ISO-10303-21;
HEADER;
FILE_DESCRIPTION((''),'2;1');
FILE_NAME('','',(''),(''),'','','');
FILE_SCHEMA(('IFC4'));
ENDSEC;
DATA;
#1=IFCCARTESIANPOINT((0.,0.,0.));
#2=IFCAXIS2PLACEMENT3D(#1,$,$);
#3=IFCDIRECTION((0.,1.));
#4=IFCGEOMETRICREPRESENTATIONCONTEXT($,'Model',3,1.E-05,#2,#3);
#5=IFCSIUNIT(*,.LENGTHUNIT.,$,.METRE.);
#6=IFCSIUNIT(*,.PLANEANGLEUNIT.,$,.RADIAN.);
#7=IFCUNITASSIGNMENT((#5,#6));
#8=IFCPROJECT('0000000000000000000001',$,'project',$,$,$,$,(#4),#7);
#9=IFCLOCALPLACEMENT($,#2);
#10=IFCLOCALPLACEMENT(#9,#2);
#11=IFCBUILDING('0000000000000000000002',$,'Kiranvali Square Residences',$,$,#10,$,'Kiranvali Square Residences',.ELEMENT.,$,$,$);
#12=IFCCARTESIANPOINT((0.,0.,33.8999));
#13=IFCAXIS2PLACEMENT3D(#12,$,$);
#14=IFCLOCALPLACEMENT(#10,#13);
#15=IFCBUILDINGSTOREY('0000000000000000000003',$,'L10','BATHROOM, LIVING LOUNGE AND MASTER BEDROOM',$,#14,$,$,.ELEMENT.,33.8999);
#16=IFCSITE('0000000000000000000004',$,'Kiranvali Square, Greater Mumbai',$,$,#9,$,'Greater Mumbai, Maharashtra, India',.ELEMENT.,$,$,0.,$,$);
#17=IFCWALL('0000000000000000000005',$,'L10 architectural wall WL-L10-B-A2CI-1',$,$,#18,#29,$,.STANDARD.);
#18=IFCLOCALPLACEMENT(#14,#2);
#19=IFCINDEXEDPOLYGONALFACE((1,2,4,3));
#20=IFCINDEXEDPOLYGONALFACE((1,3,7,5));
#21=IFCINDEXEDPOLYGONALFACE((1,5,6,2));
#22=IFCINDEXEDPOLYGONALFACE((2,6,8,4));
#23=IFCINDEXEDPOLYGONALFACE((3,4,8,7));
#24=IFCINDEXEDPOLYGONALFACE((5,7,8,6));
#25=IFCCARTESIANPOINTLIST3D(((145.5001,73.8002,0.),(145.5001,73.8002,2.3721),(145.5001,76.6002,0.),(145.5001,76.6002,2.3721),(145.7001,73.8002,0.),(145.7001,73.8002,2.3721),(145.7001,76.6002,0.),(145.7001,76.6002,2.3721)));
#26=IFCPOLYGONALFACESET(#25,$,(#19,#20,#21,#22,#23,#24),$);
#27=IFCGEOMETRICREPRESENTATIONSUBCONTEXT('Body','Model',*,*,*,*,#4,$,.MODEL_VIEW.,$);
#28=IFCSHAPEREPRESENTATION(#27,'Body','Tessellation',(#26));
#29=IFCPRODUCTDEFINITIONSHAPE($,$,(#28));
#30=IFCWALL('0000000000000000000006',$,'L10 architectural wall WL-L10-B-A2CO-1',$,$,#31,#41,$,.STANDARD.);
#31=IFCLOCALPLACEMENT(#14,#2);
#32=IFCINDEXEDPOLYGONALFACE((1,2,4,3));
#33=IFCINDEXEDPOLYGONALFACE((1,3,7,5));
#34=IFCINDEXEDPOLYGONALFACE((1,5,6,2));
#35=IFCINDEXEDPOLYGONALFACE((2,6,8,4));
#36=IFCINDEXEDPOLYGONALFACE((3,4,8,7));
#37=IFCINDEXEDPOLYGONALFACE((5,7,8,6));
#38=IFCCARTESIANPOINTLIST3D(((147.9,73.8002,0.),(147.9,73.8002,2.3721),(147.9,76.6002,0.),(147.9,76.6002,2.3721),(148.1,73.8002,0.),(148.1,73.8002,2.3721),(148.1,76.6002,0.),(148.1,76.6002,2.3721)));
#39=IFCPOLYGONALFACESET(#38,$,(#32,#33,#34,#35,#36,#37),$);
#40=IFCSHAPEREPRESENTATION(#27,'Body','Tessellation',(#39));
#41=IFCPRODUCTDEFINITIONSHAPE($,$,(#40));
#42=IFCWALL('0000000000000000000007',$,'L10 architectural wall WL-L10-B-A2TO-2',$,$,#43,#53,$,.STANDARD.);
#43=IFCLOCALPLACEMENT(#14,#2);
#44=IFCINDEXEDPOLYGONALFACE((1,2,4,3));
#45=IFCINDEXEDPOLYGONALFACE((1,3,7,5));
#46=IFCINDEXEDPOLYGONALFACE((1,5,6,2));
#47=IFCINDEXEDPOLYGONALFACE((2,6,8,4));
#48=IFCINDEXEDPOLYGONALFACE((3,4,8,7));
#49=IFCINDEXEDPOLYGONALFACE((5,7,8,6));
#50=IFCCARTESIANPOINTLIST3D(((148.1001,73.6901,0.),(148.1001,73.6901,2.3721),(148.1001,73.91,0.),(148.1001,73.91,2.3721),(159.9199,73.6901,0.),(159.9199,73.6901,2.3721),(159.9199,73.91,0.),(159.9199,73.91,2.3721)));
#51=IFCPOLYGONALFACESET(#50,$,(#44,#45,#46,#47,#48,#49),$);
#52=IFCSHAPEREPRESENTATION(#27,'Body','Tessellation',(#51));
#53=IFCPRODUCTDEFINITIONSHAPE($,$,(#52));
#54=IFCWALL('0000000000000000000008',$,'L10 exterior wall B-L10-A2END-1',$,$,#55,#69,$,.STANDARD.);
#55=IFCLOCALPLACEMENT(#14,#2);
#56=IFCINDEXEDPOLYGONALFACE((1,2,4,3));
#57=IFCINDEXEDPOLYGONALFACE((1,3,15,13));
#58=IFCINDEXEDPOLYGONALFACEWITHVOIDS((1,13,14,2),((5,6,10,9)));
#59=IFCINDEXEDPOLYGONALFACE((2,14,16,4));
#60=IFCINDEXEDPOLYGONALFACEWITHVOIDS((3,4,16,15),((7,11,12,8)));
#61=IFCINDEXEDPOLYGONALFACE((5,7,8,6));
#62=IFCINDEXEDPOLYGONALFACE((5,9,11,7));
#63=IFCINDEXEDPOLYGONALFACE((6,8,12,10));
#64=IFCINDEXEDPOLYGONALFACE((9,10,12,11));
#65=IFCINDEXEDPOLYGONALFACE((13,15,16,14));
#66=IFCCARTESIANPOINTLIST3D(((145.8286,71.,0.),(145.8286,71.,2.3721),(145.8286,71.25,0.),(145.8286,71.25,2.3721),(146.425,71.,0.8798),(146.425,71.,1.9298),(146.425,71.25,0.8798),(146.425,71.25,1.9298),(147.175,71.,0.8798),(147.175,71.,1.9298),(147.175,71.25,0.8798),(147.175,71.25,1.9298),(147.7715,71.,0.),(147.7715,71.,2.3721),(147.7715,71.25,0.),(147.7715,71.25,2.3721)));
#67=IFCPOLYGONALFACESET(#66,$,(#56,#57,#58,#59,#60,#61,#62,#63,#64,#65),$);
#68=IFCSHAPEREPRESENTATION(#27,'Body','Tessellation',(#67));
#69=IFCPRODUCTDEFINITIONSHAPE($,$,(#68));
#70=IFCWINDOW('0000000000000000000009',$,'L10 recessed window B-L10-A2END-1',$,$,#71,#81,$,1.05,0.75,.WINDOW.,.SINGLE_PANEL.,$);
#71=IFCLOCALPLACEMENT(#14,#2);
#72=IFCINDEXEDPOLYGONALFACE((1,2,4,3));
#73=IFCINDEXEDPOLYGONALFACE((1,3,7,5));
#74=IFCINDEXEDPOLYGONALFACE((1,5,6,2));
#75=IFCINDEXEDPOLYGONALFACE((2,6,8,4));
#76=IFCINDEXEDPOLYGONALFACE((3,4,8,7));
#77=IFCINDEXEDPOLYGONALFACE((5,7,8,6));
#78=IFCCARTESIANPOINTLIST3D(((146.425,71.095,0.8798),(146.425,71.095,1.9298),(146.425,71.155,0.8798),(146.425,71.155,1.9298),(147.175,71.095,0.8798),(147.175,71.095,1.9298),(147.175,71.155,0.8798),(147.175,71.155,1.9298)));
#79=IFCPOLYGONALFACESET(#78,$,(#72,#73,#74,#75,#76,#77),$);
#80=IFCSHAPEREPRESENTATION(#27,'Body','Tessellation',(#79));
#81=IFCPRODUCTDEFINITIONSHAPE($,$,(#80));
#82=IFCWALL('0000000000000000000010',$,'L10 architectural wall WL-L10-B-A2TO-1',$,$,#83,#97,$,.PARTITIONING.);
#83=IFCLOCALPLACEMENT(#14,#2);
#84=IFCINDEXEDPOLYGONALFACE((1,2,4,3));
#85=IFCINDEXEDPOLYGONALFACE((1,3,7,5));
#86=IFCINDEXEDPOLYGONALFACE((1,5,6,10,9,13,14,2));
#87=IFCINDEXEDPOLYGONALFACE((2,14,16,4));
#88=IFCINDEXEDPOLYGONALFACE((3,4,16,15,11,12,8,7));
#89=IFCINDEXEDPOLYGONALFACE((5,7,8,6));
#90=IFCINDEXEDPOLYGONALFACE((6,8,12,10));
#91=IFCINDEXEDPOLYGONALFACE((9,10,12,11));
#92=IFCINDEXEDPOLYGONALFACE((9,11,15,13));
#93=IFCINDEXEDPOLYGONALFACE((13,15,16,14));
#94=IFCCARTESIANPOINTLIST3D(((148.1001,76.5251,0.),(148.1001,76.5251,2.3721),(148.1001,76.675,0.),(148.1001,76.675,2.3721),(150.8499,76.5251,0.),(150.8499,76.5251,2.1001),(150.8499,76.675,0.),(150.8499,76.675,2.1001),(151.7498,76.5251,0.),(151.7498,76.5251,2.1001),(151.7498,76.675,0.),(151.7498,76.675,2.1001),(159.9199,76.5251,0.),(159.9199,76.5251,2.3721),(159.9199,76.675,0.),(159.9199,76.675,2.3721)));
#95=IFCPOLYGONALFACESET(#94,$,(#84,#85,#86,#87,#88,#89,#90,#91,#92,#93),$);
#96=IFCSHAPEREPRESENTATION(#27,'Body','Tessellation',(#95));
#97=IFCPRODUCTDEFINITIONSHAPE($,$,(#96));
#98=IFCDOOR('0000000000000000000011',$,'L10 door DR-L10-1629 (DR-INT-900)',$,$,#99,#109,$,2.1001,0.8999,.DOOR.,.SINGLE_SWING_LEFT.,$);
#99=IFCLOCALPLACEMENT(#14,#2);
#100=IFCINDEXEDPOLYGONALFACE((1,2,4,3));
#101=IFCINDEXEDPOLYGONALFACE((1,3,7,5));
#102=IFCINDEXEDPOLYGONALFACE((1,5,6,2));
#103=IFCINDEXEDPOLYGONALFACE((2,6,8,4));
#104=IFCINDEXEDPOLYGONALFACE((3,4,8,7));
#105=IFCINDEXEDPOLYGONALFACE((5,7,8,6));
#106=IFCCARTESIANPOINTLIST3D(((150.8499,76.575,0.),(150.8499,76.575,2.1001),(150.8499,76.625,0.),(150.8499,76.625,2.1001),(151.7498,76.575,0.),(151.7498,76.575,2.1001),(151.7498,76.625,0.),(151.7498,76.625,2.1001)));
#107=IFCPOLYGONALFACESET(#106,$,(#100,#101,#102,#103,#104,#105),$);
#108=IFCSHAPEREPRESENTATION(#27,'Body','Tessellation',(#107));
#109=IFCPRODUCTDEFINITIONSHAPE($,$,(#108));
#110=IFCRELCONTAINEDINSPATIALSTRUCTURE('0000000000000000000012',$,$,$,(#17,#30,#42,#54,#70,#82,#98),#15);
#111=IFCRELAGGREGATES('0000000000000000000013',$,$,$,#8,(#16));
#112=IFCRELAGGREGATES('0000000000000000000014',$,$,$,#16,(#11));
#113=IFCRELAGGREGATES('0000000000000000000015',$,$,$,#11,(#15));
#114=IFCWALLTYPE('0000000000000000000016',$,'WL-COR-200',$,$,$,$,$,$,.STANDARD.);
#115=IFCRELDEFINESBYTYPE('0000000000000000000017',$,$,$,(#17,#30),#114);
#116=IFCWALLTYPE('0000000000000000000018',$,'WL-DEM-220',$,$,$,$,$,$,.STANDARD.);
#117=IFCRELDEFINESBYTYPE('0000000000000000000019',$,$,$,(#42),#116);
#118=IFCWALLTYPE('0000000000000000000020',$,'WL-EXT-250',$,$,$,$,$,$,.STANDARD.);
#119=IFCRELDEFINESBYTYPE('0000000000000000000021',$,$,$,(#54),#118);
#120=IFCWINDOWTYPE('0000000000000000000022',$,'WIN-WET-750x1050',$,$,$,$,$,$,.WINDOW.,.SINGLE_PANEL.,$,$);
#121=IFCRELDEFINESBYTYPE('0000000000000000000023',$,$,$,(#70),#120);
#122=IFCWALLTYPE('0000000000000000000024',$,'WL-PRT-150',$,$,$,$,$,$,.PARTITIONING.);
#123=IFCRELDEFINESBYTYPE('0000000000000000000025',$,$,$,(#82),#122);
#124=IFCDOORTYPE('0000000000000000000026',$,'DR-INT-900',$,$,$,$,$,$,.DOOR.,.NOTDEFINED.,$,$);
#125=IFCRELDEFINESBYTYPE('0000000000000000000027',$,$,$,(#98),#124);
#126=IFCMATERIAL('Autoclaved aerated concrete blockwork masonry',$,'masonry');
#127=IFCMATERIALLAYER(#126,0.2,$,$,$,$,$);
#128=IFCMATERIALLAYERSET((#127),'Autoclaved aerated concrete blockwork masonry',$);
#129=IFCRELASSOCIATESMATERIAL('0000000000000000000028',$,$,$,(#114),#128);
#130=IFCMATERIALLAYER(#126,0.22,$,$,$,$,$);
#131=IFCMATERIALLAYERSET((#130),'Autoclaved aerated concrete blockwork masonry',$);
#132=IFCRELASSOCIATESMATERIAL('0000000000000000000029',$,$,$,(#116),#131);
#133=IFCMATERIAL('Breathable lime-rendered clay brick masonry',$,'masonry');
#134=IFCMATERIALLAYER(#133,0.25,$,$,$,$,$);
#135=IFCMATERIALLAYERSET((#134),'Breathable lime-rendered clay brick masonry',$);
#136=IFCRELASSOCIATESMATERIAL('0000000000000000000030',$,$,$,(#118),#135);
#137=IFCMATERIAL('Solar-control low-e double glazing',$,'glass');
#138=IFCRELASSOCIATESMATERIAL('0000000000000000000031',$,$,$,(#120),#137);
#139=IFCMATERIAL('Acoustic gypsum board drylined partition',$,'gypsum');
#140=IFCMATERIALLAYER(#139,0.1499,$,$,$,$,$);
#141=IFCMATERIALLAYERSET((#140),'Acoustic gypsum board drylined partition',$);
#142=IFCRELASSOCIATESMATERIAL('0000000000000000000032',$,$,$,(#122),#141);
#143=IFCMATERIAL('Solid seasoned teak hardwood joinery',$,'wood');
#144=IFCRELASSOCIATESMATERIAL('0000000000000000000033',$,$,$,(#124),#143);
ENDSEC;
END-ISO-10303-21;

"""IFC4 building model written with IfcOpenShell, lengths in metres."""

from ifc_helpers import new_model, si_unit, direction, frame, frame_2d, origin, place, context, subcontext, project, spatial, rectangle, extrude, material, layer, layer_set, type_object, element, fill, save


model = new_model("IFC4")

# Units and contexts
model_context = context("Model", 3, precision=1e-05, world=origin(), true_north=direction((0.0, 1.0)))
body_context = subcontext(model_context, "Body", "Model", "MODEL_VIEW")
ifc_project = project(units=[si_unit("LENGTHUNIT", "METRE"), si_unit("PLANEANGLEUNIT", "RADIAN")], contexts=[model_context])

# Site, building, storey
site_placement = place(None, origin())
site = spatial("IfcSite", under=ifc_project, at=site_placement, Name="Kiranvali Square, Greater Mumbai", LongName="Greater Mumbai, Maharashtra, India", CompositionType="ELEMENT", RefElevation=0.0)
building_placement = place(site_placement, origin())
building = spatial("IfcBuilding", under=site, at=building_placement, Name="Kiranvali Square Residences", LongName="Kiranvali Square Residences", CompositionType="ELEMENT")
storey_placement = place(building_placement, frame((0.0, 0.0, 33.8999)))
storey = spatial("IfcBuildingStorey", under=building, at=storey_placement, Name="L10", Description="BATHROOM, LIVING LOUNGE AND MASTER BEDROOM", CompositionType="ELEMENT", Elevation=33.8999)

# Walls
ifc_material_1 = material(Name="Autoclaved aerated concrete blockwork masonry", Category="masonry")
ifc_layer_1 = layer(ifc_material_1, 0.2)
ifc_layer_set_1 = layer_set([ifc_layer_1], Name="Autoclaved aerated concrete blockwork masonry")
wall_type_1 = type_object("IfcWallType", Name="WL-COR-200", PredefinedType="STANDARD", material=ifc_layer_set_1)
for number, where, z_axis, x_axis, name in (
    (1, (145.6001, 76.6001, 0.0), (0.0, 0.0, 1.0), (0.0, -1.0, 0.0), "L10 architectural wall WL-L10-B-A2CI-1"),
    (2, (148.0, 76.6001, 0.0), (0.0, 0.0, 1.0), (0.0, -1.0, 0.0), "L10 architectural wall WL-L10-B-A2CO-1"),
):
    element("IfcWall", number, at=place(storey_placement, frame(where, z_axis=z_axis, x_axis=x_axis)), inside=storey, type_object=wall_type_1, Name=name, PredefinedType="STANDARD", context=body_context, shape_type="SweptSolid", body=[
        extrude(rectangle(XDim=2.8, YDim=0.2, at=frame_2d((1.3999, 0.0))), origin(), (0.0, 0.0, 1.0), 2.3721),
    ])

# Wall
ifc_layer_2 = layer(ifc_material_1, 0.22)
ifc_layer_set_2 = layer_set([ifc_layer_2], Name="Autoclaved aerated concrete blockwork masonry")
wall_type_2 = type_object("IfcWallType", Name="WL-DEM-220", PredefinedType="STANDARD", material=ifc_layer_set_2)
wall_1_placement = place(storey_placement, frame((148.1001, 73.8, 0.0), z_axis=(0.0, 0.0, 1.0), x_axis=(1.0, 0.0, 0.0)))
element("IfcWall", 3, at=wall_1_placement, inside=storey, type_object=wall_type_2, Name="L10 architectural wall WL-L10-B-A2TO-2", PredefinedType="STANDARD", context=body_context, shape_type="SweptSolid", body=[
    extrude(rectangle(XDim=11.8198, YDim=0.22, at=frame_2d((5.9099, 0.0))), origin(), (0.0, 0.0, 1.0), 2.3721),
])

# Wall, opening, window
ifc_material_2 = material(Name="Breathable lime-rendered clay brick masonry", Category="masonry")
ifc_layer_3 = layer(ifc_material_2, 0.25)
ifc_layer_set_3 = layer_set([ifc_layer_3], Name="Breathable lime-rendered clay brick masonry")
wall_type_3 = type_object("IfcWallType", Name="WL-EXT-250", PredefinedType="STANDARD", material=ifc_layer_set_3)
wall_2_placement = place(storey_placement, frame((145.8286, 71.125, 0.0), z_axis=(0.0, 0.0, 1.0), x_axis=(1.0, 0.0, 0.0)))
wall_2 = element("IfcWall", 4, at=wall_2_placement, inside=storey, type_object=wall_type_3, Name="L10 exterior wall B-L10-A2END-1", PredefinedType="STANDARD", context=body_context, shape_type="SweptSolid", body=[
    extrude(rectangle(XDim=1.9429, YDim=0.25, at=frame_2d((0.9714, 0.0))), origin(), (0.0, 0.0, 1.0), 2.3721),
])
opening_1_placement = place(wall_2_placement, frame((0.5964, 0.0, 0.8799)))
opening_1 = element("IfcOpeningElement", 5, at=opening_1_placement, cuts=wall_2, PredefinedType="OPENING", context=body_context, shape_type="SweptSolid", body=[
    extrude(rectangle(XDim=0.75, YDim=1.05, at=frame_2d((0.375, 0.5249))), frame((0.0, 0.135, 0.0), z_axis=(0.0, -1.0, 0.0), x_axis=(1.0, 0.0, 0.0)), (0.0, 0.0, 1.0), 0.27),
])
ifc_material_3 = material(Name="Solar-control low-e double glazing", Category="glass")
window_type = type_object("IfcWindowType", Name="WIN-WET-750x1050", PartitioningType="SINGLE_PANEL", PredefinedType="WINDOW", material=ifc_material_3)
window_placement = place(opening_1_placement, origin())
window = element("IfcWindow", 6, at=window_placement, inside=storey, type_object=window_type, Name="L10 recessed window B-L10-A2END-1", OverallHeight=1.05, OverallWidth=0.75, PartitioningType="SINGLE_PANEL", PredefinedType="WINDOW", context=body_context, shape_type="SweptSolid", body=[
    extrude(rectangle(XDim=0.75, YDim=1.05, at=frame_2d((0.375, 0.5249))), frame((0.0, 0.03, 0.0), z_axis=(0.0, -1.0, 0.0), x_axis=(1.0, 0.0, 0.0)), (0.0, 0.0, 1.0), 0.0601),
])
fill(opening_1, window)

# Wall, opening, door
ifc_material_4 = material(Name="Acoustic gypsum board drylined partition", Category="gypsum")
ifc_layer_4 = layer(ifc_material_4, 0.1499)
ifc_layer_set_4 = layer_set([ifc_layer_4], Name="Acoustic gypsum board drylined partition")
wall_type_4 = type_object("IfcWallType", Name="WL-PRT-150", PredefinedType="PARTITIONING", material=ifc_layer_set_4)
wall_3_placement = place(storey_placement, frame((148.1001, 76.6001, 0.0), z_axis=(0.0, 0.0, 1.0), x_axis=(1.0, 0.0, 0.0)))
wall_3 = element("IfcWall", 7, at=wall_3_placement, inside=storey, type_object=wall_type_4, Name="L10 architectural wall WL-L10-B-A2TO-1", PredefinedType="PARTITIONING", context=body_context, shape_type="SweptSolid", body=[
    extrude(rectangle(XDim=11.8198, YDim=0.1499, at=frame_2d((5.9099, 0.0))), origin(), (0.0, 0.0, 1.0), 2.3721),
])
opening_2_placement = place(wall_3_placement, frame((2.7498, 0.0, 0.0)))
opening_2 = element("IfcOpeningElement", 8, at=opening_2_placement, cuts=wall_3, PredefinedType="OPENING", context=body_context, shape_type="SweptSolid", body=[
    extrude(rectangle(XDim=0.8999, YDim=2.1001, at=frame_2d((0.45, 1.05))), frame((0.0, 0.085, 0.0), z_axis=(0.0, -1.0, 0.0), x_axis=(1.0, 0.0, 0.0)), (0.0, 0.0, 1.0), 0.1699),
])
ifc_material_5 = material(Name="Solid seasoned teak hardwood joinery", Category="wood")
door_type_1 = type_object("IfcDoorType", Name="DR-INT-900", OperationType="NOTDEFINED", PredefinedType="DOOR", material=ifc_material_5)
door_1_placement = place(opening_2_placement, origin())
door_1 = element("IfcDoor", 9, at=door_1_placement, inside=storey, type_object=door_type_1, Name="L10 door DR-L10-1629 (DR-INT-900)", OperationType="SINGLE_SWING_LEFT", OverallHeight=2.1001, OverallWidth=0.8999, PredefinedType="DOOR", context=body_context, shape_type="SweptSolid", body=[
    extrude(rectangle(XDim=0.8999, YDim=2.1001, at=frame_2d((0.45, 1.05))), frame((0.0, 0.0249, 0.0), z_axis=(0.0, -1.0, 0.0), x_axis=(1.0, 0.0, 0.0)), (0.0, 0.0, 1.0), 0.05),
])
fill(opening_2, door_1)

save(model, "model.ifc")
